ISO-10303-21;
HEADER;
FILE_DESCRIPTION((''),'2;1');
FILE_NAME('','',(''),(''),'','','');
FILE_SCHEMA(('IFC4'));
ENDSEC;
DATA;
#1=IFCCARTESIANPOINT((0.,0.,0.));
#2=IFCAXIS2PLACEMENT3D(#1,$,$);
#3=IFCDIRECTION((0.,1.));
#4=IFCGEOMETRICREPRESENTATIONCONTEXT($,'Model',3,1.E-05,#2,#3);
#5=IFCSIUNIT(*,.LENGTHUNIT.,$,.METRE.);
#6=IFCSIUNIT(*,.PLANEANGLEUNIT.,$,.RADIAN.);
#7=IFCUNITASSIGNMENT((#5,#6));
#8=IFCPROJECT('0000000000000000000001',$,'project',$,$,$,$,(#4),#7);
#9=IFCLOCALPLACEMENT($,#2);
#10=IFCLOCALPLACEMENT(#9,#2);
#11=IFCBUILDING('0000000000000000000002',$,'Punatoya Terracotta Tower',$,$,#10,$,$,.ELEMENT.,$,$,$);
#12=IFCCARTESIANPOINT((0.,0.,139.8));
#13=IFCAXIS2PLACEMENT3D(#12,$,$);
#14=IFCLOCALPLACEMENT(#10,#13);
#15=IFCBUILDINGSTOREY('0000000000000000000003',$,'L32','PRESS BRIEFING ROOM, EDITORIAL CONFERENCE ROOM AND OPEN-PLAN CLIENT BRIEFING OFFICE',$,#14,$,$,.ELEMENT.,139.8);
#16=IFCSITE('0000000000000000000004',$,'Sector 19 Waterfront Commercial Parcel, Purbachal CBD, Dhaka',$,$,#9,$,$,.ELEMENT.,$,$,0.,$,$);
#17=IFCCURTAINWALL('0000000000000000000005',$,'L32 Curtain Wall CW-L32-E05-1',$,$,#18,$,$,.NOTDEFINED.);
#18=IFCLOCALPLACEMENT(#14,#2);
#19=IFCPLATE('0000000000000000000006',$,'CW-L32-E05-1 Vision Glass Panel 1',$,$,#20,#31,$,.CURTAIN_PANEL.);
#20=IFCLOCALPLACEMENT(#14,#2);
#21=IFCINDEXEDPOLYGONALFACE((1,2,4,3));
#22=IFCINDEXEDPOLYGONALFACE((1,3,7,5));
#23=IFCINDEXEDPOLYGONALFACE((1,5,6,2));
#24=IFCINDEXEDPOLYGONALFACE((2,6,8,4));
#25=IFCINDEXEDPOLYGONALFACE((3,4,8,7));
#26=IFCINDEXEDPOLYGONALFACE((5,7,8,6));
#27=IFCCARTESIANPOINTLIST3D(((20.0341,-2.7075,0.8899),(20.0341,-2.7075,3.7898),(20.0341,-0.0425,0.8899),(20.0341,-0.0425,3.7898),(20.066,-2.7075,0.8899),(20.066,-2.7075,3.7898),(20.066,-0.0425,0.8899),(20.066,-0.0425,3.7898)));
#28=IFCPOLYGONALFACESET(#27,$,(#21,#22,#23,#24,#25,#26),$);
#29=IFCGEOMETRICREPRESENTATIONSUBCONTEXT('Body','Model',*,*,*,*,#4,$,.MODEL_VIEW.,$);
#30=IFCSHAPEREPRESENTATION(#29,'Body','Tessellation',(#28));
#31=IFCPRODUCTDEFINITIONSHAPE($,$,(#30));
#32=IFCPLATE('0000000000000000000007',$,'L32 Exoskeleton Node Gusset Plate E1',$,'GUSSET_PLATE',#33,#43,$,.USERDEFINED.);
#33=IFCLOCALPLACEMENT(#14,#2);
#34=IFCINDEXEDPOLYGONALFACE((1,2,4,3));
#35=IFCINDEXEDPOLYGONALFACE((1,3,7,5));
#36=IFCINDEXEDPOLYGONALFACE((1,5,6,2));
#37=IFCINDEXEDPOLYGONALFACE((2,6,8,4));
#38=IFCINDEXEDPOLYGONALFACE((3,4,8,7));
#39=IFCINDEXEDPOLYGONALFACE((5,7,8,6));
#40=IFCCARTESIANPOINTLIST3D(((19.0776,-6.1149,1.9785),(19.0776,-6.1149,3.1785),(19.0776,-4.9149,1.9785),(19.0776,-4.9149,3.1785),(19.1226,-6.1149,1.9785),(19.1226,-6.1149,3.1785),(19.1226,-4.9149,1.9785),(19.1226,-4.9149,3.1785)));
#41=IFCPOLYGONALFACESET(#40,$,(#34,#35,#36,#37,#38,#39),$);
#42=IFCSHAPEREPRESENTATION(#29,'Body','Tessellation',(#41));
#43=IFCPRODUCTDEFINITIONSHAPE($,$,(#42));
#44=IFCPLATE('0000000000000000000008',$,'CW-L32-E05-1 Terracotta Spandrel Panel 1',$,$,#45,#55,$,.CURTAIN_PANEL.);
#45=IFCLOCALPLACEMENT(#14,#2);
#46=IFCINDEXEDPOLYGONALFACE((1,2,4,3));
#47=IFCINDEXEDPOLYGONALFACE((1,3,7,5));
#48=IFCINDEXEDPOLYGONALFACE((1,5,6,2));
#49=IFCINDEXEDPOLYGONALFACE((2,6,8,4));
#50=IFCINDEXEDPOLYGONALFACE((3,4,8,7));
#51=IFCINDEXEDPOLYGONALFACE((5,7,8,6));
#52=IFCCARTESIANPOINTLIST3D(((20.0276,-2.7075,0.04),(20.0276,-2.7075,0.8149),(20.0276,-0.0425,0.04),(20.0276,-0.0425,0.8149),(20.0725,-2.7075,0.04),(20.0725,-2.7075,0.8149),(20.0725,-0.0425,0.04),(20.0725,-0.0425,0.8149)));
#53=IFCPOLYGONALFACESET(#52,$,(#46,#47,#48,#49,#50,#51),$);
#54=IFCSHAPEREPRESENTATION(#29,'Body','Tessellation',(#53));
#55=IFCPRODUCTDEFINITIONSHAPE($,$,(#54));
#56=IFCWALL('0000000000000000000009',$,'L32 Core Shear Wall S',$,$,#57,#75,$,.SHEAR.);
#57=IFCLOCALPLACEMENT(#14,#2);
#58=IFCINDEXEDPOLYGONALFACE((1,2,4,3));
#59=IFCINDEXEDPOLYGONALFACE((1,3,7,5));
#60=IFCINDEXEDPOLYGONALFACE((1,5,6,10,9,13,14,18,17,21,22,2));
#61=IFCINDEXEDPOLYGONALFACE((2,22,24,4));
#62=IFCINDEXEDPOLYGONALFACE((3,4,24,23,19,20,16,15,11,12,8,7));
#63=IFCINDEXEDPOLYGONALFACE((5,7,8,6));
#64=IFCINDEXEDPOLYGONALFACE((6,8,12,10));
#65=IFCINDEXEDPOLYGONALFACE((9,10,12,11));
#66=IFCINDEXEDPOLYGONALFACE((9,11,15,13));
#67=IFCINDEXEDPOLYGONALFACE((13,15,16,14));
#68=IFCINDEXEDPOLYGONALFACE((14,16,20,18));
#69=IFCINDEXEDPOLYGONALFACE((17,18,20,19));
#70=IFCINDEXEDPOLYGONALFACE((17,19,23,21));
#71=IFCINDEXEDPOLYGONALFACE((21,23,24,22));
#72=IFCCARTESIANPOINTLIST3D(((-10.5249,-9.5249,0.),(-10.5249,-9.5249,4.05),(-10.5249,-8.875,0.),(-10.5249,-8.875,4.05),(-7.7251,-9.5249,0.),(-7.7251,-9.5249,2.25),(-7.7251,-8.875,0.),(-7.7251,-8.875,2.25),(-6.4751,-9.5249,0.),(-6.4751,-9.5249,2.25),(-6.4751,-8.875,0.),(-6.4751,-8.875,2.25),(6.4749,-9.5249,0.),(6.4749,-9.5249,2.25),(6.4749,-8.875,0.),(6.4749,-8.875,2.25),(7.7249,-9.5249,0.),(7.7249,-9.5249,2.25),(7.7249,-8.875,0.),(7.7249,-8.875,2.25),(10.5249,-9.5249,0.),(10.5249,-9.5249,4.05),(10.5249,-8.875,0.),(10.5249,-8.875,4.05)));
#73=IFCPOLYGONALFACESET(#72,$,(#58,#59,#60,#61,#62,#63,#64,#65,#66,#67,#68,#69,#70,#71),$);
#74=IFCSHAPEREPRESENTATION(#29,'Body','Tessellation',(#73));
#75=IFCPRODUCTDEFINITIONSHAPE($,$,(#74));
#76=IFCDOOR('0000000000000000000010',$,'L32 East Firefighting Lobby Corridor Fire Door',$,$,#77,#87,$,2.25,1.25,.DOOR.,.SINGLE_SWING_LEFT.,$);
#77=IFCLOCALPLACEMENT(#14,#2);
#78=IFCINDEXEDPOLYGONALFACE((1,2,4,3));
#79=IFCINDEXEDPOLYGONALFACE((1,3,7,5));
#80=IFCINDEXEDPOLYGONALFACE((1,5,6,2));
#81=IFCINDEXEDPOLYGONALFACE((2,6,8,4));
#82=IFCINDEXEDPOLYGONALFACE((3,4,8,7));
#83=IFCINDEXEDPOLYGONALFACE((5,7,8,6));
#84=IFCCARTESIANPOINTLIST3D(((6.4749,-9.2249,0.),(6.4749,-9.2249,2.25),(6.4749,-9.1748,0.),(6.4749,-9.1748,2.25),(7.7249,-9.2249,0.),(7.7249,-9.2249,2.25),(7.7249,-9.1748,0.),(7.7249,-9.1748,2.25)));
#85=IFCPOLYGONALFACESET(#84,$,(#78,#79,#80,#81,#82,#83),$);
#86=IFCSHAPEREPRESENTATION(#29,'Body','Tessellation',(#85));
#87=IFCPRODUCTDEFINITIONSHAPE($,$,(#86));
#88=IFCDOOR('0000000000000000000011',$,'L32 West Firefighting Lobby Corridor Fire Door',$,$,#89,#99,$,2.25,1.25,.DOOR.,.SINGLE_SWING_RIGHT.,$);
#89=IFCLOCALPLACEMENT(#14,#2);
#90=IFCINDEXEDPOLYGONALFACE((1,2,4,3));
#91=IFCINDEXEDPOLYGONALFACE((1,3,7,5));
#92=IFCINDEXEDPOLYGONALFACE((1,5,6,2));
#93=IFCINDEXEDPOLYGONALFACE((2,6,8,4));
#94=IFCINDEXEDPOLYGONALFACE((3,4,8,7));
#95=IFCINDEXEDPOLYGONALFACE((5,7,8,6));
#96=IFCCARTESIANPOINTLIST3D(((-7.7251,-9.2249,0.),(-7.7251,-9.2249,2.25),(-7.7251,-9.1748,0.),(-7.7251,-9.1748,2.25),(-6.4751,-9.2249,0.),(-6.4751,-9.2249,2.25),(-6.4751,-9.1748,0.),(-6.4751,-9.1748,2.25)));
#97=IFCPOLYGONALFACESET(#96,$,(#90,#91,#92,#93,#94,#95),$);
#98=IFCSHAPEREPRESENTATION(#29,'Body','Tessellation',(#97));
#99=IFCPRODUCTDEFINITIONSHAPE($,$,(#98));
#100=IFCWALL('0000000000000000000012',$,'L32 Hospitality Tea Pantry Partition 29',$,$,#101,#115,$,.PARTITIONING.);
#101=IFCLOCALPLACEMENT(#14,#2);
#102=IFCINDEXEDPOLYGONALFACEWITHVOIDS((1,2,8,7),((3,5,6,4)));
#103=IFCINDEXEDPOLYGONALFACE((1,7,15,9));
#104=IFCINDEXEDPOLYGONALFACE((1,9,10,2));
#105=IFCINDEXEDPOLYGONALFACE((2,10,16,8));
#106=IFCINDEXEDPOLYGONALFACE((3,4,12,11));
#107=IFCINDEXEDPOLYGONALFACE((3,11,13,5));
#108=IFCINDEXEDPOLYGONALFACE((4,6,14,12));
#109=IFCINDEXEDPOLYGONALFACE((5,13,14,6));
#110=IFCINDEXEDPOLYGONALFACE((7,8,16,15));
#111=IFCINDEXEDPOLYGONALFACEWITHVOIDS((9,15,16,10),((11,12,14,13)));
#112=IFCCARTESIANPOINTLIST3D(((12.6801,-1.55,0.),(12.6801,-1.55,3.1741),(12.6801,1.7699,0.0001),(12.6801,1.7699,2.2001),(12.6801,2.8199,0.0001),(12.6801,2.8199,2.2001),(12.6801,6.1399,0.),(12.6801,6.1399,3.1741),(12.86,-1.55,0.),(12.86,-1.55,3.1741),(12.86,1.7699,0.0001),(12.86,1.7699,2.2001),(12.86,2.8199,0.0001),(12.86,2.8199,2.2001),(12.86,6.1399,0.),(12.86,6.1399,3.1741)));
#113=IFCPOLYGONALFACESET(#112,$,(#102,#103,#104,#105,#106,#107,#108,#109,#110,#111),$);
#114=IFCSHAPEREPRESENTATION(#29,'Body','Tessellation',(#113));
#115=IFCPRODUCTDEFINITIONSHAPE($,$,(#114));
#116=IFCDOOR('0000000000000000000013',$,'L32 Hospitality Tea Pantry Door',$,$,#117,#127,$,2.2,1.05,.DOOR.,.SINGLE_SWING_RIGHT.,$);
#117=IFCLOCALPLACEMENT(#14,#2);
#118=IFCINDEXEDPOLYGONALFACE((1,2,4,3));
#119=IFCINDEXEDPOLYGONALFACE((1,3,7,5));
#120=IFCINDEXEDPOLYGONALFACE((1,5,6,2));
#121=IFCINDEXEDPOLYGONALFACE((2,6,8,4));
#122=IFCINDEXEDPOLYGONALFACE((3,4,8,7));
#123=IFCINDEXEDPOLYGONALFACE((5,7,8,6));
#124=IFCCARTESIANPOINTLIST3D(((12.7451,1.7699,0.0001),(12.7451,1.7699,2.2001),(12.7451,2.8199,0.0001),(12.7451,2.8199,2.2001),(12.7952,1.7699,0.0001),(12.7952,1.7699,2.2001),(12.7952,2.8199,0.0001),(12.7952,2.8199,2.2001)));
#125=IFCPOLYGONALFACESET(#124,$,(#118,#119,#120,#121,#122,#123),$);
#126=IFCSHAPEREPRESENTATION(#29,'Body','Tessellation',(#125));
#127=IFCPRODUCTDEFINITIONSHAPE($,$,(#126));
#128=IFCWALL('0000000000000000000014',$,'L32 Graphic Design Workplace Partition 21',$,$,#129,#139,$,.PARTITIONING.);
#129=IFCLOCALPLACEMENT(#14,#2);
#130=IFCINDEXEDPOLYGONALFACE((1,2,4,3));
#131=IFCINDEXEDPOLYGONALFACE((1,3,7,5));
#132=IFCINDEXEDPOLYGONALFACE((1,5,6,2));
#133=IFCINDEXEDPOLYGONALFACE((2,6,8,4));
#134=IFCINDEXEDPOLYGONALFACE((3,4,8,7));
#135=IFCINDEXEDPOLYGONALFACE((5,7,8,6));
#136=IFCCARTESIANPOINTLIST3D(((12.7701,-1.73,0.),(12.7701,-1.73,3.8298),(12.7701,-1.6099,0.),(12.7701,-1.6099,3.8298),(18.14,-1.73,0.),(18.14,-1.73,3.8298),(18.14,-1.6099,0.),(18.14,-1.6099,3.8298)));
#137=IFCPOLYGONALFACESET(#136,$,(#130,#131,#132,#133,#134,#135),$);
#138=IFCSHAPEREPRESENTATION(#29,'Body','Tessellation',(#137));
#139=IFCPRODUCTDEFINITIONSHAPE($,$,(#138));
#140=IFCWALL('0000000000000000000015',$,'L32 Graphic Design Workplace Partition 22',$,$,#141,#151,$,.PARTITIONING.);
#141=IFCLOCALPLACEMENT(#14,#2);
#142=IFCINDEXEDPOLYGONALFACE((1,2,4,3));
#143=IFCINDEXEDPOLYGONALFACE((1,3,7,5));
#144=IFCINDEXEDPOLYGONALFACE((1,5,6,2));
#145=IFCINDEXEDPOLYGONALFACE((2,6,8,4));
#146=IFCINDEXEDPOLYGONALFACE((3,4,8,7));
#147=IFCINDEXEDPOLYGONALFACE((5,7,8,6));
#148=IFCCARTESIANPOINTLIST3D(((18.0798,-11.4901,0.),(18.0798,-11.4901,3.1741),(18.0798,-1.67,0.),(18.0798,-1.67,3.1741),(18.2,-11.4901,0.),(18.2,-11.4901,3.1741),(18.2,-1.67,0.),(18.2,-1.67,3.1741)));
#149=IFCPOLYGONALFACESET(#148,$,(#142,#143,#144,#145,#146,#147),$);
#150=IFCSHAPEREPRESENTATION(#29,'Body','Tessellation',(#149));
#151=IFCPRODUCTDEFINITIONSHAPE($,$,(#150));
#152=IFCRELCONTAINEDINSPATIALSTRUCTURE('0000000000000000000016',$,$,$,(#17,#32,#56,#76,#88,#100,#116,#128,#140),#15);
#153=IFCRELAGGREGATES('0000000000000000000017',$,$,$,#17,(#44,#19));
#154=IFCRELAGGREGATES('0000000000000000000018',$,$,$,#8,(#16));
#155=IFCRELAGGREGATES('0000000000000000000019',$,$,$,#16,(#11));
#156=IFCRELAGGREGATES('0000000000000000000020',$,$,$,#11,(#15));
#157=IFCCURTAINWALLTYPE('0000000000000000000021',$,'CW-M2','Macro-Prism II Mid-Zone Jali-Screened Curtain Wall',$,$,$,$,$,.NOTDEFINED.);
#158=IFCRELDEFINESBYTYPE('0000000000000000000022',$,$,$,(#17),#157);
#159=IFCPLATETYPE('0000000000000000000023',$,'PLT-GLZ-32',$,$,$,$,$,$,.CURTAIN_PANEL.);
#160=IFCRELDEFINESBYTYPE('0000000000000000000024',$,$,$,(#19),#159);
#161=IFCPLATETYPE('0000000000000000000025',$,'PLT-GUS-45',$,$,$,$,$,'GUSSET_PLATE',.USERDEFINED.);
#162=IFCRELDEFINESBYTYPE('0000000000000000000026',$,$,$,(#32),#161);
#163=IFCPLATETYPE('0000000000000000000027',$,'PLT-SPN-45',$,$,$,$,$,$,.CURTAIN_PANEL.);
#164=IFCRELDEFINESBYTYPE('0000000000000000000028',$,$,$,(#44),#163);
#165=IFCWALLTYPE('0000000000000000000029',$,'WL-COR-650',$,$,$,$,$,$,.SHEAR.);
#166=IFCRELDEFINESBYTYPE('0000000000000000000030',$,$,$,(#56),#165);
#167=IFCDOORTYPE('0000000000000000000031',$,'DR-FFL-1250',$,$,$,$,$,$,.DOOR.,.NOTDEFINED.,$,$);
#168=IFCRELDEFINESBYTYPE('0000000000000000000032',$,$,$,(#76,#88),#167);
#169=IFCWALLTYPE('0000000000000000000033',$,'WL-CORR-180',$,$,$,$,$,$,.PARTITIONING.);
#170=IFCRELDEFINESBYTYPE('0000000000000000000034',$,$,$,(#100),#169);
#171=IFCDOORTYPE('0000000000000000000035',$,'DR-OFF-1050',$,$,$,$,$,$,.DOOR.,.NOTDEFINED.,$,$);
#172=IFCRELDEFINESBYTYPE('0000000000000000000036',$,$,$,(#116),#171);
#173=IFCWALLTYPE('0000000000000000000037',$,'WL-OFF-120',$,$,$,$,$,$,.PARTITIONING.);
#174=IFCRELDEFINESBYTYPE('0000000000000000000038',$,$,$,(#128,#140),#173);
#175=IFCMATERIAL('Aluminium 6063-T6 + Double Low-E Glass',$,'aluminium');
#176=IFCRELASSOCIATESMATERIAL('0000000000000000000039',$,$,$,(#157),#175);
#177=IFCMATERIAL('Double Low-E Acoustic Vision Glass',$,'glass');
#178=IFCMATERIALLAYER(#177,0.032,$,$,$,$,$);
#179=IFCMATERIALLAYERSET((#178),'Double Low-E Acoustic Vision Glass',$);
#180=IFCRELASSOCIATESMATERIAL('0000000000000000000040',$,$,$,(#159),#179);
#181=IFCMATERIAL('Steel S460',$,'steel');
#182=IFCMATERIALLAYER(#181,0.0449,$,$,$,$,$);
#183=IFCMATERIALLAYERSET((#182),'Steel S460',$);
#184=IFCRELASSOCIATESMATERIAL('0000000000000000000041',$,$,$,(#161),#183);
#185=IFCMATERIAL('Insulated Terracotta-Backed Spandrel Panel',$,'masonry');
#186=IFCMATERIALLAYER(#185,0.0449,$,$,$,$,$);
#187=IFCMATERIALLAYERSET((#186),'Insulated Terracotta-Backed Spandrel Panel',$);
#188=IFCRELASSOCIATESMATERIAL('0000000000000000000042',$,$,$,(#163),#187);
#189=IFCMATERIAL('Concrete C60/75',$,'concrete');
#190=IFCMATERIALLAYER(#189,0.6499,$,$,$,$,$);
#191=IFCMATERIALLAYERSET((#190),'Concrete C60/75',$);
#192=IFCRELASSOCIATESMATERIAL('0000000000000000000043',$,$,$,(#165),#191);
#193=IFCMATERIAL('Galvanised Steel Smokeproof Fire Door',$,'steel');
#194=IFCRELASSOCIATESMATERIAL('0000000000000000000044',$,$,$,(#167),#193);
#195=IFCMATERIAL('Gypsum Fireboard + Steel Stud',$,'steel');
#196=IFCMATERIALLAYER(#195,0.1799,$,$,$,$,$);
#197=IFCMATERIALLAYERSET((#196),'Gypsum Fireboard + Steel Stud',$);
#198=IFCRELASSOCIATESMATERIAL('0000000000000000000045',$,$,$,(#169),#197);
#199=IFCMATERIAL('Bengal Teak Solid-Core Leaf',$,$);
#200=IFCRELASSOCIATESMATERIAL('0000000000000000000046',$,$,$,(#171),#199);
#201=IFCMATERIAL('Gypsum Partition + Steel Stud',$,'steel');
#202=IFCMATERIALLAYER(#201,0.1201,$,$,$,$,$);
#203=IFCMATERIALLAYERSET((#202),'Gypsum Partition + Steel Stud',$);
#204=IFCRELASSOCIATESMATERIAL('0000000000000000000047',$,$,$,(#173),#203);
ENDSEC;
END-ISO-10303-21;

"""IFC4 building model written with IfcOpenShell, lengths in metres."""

from ifc_helpers import new_model, si_unit, direction, frame, frame_2d, origin, origin_2d, place, context, subcontext, project, spatial, rectangle, extrude, material, layer, layer_set, type_object, element, fill, aggregate, save


model = new_model("IFC4")

# Units and contexts
model_context = context("Model", 3, precision=1e-05, world=origin(), true_north=direction((0.0, 1.0)))
body_context = subcontext(model_context, "Body", "Model", "MODEL_VIEW")
ifc_project = project(units=[si_unit("LENGTHUNIT", "METRE"), si_unit("PLANEANGLEUNIT", "RADIAN")], contexts=[model_context])

# Site, building, storey
site_placement = place(None, origin())
site = spatial("IfcSite", under=ifc_project, at=site_placement, Name="Sector 19 Waterfront Commercial Parcel, Purbachal CBD, Dhaka", CompositionType="ELEMENT", RefElevation=0.0)
building_placement = place(site_placement, origin())
building = spatial("IfcBuilding", under=site, at=building_placement, Name="Punatoya Terracotta Tower", CompositionType="ELEMENT")
storey_placement = place(building_placement, frame((0.0, 0.0, 139.8)))
storey = spatial("IfcBuildingStorey", under=building, at=storey_placement, Name="L32", Description="PRESS BRIEFING ROOM, EDITORIAL CONFERENCE ROOM AND OPEN-PLAN CLIENT BRIEFING OFFICE", CompositionType="ELEMENT", Elevation=139.8)

# Shared definitions
ifc_material_1 = material(Name="Steel S460", Category="steel")

# Curtain wall, plate
ifc_material_2 = material(Name="Aluminium 6063-T6 + Double Low-E Glass", Category="aluminium")
curtain_wall_type = type_object("IfcCurtainWallType", Name="CW-M2", Description="Macro-Prism II Mid-Zone Jali-Screened Curtain Wall", PredefinedType="NOTDEFINED", material=ifc_material_2)
curtain_wall_placement = place(storey_placement, origin())
curtain_wall = element("IfcCurtainWall", 1, at=curtain_wall_placement, inside=storey, type_object=curtain_wall_type, Name="L32 Curtain Wall CW-L32-E05-1", PredefinedType="NOTDEFINED")
ifc_material_3 = material(Name="Double Low-E Acoustic Vision Glass", Category="glass")
ifc_layer_1 = layer(ifc_material_3, 0.032)
ifc_layer_set_1 = layer_set([ifc_layer_1], Name="Double Low-E Acoustic Vision Glass")
plate_type_1 = type_object("IfcPlateType", Name="PLT-GLZ-32", PredefinedType="CURTAIN_PANEL", material=ifc_layer_set_1)
plate_1_placement = place(storey_placement, frame((20.05, -1.375, 0.8899), z_axis=(0.0, 0.0, 1.0), x_axis=(0.0, 1.0, 0.0)))
plate_1 = element("IfcPlate", 2, at=plate_1_placement, type_object=plate_type_1, Name="CW-L32-E05-1 Vision Glass Panel 1", PredefinedType="CURTAIN_PANEL", context=body_context, shape_type="SweptSolid", body=[
    extrude(rectangle(XDim=2.665, YDim=0.032, at=origin_2d()), origin(), (0.0, 0.0, 1.0), 2.8999),
])

# Plates
ifc_layer_2 = layer(ifc_material_1, 0.0449)
ifc_layer_set_2 = layer_set([ifc_layer_2], Name="Steel S460")
plate_type_2 = type_object("IfcPlateType", Name="PLT-GUS-45", ElementType="GUSSET_PLATE", PredefinedType="USERDEFINED", material=ifc_layer_set_2)
plate_2_placement = place(storey_placement, frame((19.1001, -5.5149, 1.9785), z_axis=(0.0, 0.0, 1.0), x_axis=(0.0, 1.0, 0.0)))
element("IfcPlate", 3, at=plate_2_placement, inside=storey, type_object=plate_type_2, Name="L32 Exoskeleton Node Gusset Plate E1", ObjectType="GUSSET_PLATE", PredefinedType="USERDEFINED", context=body_context, shape_type="SweptSolid", body=[
    extrude(rectangle(XDim=1.2, YDim=0.0449, at=origin_2d()), origin(), (0.0, 0.0, 1.0), 1.2),
])
ifc_material_4 = material(Name="Insulated Terracotta-Backed Spandrel Panel", Category="masonry")
ifc_layer_3 = layer(ifc_material_4, 0.0449)
ifc_layer_set_3 = layer_set([ifc_layer_3], Name="Insulated Terracotta-Backed Spandrel Panel")
plate_type_3 = type_object("IfcPlateType", Name="PLT-SPN-45", PredefinedType="CURTAIN_PANEL", material=ifc_layer_set_3)
plate_3_placement = place(storey_placement, frame((20.05, -1.375, 0.04), z_axis=(0.0, 0.0, 1.0), x_axis=(0.0, 1.0, 0.0)))
plate_3 = element("IfcPlate", 4, at=plate_3_placement, type_object=plate_type_3, Name="CW-L32-E05-1 Terracotta Spandrel Panel 1", PredefinedType="CURTAIN_PANEL", context=body_context, shape_type="SweptSolid", body=[
    extrude(rectangle(XDim=2.665, YDim=0.0449, at=origin_2d()), origin(), (0.0, 0.0, 1.0), 0.7749),
])
aggregate(curtain_wall, [plate_3, plate_1])

# Wall, openings, doors
ifc_material_5 = material(Name="Concrete C60/75", Category="concrete")
ifc_layer_4 = layer(ifc_material_5, 0.6499)
ifc_layer_set_4 = layer_set([ifc_layer_4], Name="Concrete C60/75")
wall_type_1 = type_object("IfcWallType", Name="WL-COR-650", PredefinedType="SHEAR", material=ifc_layer_set_4)
wall_1_placement = place(storey_placement, frame((10.5249, -9.2, 0.0), z_axis=(0.0, 0.0, 1.0), x_axis=(-1.0, 0.0, 0.0)))
wall_1 = element("IfcWall", 5, at=wall_1_placement, inside=storey, type_object=wall_type_1, Name="L32 Core Shear Wall S", PredefinedType="SHEAR", context=body_context, shape_type="SweptSolid", body=[
    extrude(rectangle(XDim=21.0498, YDim=0.6499, at=frame_2d((10.5249, 0.0))), origin(), (0.0, 0.0, 1.0), 4.05),
])
opening_1_placement = place(wall_1_placement, frame((2.8, 0.0, 0.0)))
opening_1 = element("IfcOpeningElement", 6, at=opening_1_placement, cuts=wall_1, PredefinedType="OPENING", context=body_context, shape_type="SweptSolid", body=[
    extrude(rectangle(XDim=1.25, YDim=2.25, at=frame_2d((0.625, 1.125))), frame((0.0, 0.335, 0.0), z_axis=(0.0, -1.0, 0.0), x_axis=(1.0, 0.0, 0.0)), (0.0, 0.0, 1.0), 0.6699),
])
opening_2_placement = place(wall_1_placement, frame((17.0, 0.0, 0.0)))
opening_2 = element("IfcOpeningElement", 7, at=opening_2_placement, cuts=wall_1, PredefinedType="OPENING", context=body_context, shape_type="SweptSolid", body=[
    extrude(rectangle(XDim=1.25, YDim=2.25, at=frame_2d((0.625, 1.125))), frame((0.0, 0.335, 0.0), z_axis=(0.0, -1.0, 0.0), x_axis=(1.0, 0.0, 0.0)), (0.0, 0.0, 1.0), 0.6699),
])
ifc_material_6 = material(Name="Galvanised Steel Smokeproof Fire Door", Category="steel")
door_type_1 = type_object("IfcDoorType", Name="DR-FFL-1250", OperationType="NOTDEFINED", PredefinedType="DOOR", material=ifc_material_6)
door_1_placement = place(opening_1_placement, origin())
door_1 = element("IfcDoor", 8, at=door_1_placement, inside=storey, type_object=door_type_1, Name="L32 East Firefighting Lobby Corridor Fire Door", OperationType="SINGLE_SWING_LEFT", OverallHeight=2.25, OverallWidth=1.25, PredefinedType="DOOR", context=body_context, shape_type="SweptSolid", body=[
    extrude(rectangle(XDim=1.25, YDim=2.25, at=frame_2d((0.625, 1.125))), frame((0.0, 0.0249, 0.0), z_axis=(0.0, -1.0, 0.0), x_axis=(1.0, 0.0, 0.0)), (0.0, 0.0, 1.0), 0.05),
])
fill(opening_1, door_1)
door_2_placement = place(opening_2_placement, origin())
door_2 = element("IfcDoor", 9, at=door_2_placement, inside=storey, type_object=door_type_1, Name="L32 West Firefighting Lobby Corridor Fire Door", OperationType="SINGLE_SWING_RIGHT", OverallHeight=2.25, OverallWidth=1.25, PredefinedType="DOOR", context=body_context, shape_type="SweptSolid", body=[
    extrude(rectangle(XDim=1.25, YDim=2.25, at=frame_2d((0.625, 1.125))), frame((0.0, 0.0249, 0.0), z_axis=(0.0, -1.0, 0.0), x_axis=(1.0, 0.0, 0.0)), (0.0, 0.0, 1.0), 0.05),
])
fill(opening_2, door_2)

# Wall, opening, door
ifc_material_7 = material(Name="Gypsum Fireboard + Steel Stud", Category="steel")
ifc_layer_5 = layer(ifc_material_7, 0.1799)
ifc_layer_set_5 = layer_set([ifc_layer_5], Name="Gypsum Fireboard + Steel Stud")
wall_type_2 = type_object("IfcWallType", Name="WL-CORR-180", PredefinedType="PARTITIONING", material=ifc_layer_set_5)
wall_2_placement = place(storey_placement, frame((12.77, -1.55, 0.0), z_axis=(0.0, 0.0, 1.0), x_axis=(0.0, 1.0, 0.0)))
wall_2 = element("IfcWall", 10, at=wall_2_placement, inside=storey, type_object=wall_type_2, Name="L32 Hospitality Tea Pantry Partition 29", PredefinedType="PARTITIONING", context=body_context, shape_type="SweptSolid", body=[
    extrude(rectangle(XDim=7.6899, YDim=0.1799, at=frame_2d((3.845, 0.0))), origin(), (0.0, 0.0, 1.0), 3.1741),
])
opening_3_placement = place(wall_2_placement, frame((3.3201, 0.0, 0.0)))
opening_3 = element("IfcOpeningElement", 11, at=opening_3_placement, cuts=wall_2, PredefinedType="OPENING", context=body_context, shape_type="SweptSolid", body=[
    extrude(rectangle(XDim=1.05, YDim=2.2, at=frame_2d((0.5249, 1.1001))), frame((0.0, 0.0999, 0.0), z_axis=(0.0, -1.0, 0.0), x_axis=(1.0, 0.0, 0.0)), (0.0, 0.0, 1.0), 0.2),
])
ifc_material_8 = material(Name="Bengal Teak Solid-Core Leaf")
door_type_2 = type_object("IfcDoorType", Name="DR-OFF-1050", OperationType="NOTDEFINED", PredefinedType="DOOR", material=ifc_material_8)
door_3_placement = place(opening_3_placement, origin())
door_3 = element("IfcDoor", 12, at=door_3_placement, inside=storey, type_object=door_type_2, Name="L32 Hospitality Tea Pantry Door", OperationType="SINGLE_SWING_RIGHT", OverallHeight=2.2, OverallWidth=1.05, PredefinedType="DOOR", context=body_context, shape_type="SweptSolid", body=[
    extrude(rectangle(XDim=1.05, YDim=2.2, at=frame_2d((0.5249, 1.1001))), frame((0.0, 0.0249, 0.0), z_axis=(0.0, -1.0, 0.0), x_axis=(1.0, 0.0, 0.0)), (0.0, 0.0, 1.0), 0.05),
])
fill(opening_3, door_3)

# Walls
ifc_material_9 = material(Name="Gypsum Partition + Steel Stud", Category="steel")
ifc_layer_6 = layer(ifc_material_9, 0.1201)
ifc_layer_set_6 = layer_set([ifc_layer_6], Name="Gypsum Partition + Steel Stud")
wall_type_3 = type_object("IfcWallType", Name="WL-OFF-120", PredefinedType="PARTITIONING", material=ifc_layer_set_6)
wall_3_placement = place(storey_placement, frame((12.77, -1.6699, 0.0), z_axis=(0.0, 0.0, 1.0), x_axis=(1.0, 0.0, 0.0)))
element("IfcWall", 13, at=wall_3_placement, inside=storey, type_object=wall_type_3, Name="L32 Graphic Design Workplace Partition 21", PredefinedType="PARTITIONING", context=body_context, shape_type="SweptSolid", body=[
    extrude(rectangle(XDim=5.3699, YDim=0.1201, at=frame_2d((2.6851, 0.0))), origin(), (0.0, 0.0, 1.0), 3.8298),
])
wall_4_placement = place(storey_placement, frame((18.1399, -1.6699, 0.0), z_axis=(0.0, 0.0, 1.0), x_axis=(0.0, -1.0, 0.0)))
element("IfcWall", 14, at=wall_4_placement, inside=storey, type_object=wall_type_3, Name="L32 Graphic Design Workplace Partition 22", PredefinedType="PARTITIONING", context=body_context, shape_type="SweptSolid", body=[
    extrude(rectangle(XDim=9.8201, YDim=0.1201, at=frame_2d((4.9102, 0.0))), origin(), (0.0, 0.0, 1.0), 3.1741),
])

save(model, "model.ifc")
